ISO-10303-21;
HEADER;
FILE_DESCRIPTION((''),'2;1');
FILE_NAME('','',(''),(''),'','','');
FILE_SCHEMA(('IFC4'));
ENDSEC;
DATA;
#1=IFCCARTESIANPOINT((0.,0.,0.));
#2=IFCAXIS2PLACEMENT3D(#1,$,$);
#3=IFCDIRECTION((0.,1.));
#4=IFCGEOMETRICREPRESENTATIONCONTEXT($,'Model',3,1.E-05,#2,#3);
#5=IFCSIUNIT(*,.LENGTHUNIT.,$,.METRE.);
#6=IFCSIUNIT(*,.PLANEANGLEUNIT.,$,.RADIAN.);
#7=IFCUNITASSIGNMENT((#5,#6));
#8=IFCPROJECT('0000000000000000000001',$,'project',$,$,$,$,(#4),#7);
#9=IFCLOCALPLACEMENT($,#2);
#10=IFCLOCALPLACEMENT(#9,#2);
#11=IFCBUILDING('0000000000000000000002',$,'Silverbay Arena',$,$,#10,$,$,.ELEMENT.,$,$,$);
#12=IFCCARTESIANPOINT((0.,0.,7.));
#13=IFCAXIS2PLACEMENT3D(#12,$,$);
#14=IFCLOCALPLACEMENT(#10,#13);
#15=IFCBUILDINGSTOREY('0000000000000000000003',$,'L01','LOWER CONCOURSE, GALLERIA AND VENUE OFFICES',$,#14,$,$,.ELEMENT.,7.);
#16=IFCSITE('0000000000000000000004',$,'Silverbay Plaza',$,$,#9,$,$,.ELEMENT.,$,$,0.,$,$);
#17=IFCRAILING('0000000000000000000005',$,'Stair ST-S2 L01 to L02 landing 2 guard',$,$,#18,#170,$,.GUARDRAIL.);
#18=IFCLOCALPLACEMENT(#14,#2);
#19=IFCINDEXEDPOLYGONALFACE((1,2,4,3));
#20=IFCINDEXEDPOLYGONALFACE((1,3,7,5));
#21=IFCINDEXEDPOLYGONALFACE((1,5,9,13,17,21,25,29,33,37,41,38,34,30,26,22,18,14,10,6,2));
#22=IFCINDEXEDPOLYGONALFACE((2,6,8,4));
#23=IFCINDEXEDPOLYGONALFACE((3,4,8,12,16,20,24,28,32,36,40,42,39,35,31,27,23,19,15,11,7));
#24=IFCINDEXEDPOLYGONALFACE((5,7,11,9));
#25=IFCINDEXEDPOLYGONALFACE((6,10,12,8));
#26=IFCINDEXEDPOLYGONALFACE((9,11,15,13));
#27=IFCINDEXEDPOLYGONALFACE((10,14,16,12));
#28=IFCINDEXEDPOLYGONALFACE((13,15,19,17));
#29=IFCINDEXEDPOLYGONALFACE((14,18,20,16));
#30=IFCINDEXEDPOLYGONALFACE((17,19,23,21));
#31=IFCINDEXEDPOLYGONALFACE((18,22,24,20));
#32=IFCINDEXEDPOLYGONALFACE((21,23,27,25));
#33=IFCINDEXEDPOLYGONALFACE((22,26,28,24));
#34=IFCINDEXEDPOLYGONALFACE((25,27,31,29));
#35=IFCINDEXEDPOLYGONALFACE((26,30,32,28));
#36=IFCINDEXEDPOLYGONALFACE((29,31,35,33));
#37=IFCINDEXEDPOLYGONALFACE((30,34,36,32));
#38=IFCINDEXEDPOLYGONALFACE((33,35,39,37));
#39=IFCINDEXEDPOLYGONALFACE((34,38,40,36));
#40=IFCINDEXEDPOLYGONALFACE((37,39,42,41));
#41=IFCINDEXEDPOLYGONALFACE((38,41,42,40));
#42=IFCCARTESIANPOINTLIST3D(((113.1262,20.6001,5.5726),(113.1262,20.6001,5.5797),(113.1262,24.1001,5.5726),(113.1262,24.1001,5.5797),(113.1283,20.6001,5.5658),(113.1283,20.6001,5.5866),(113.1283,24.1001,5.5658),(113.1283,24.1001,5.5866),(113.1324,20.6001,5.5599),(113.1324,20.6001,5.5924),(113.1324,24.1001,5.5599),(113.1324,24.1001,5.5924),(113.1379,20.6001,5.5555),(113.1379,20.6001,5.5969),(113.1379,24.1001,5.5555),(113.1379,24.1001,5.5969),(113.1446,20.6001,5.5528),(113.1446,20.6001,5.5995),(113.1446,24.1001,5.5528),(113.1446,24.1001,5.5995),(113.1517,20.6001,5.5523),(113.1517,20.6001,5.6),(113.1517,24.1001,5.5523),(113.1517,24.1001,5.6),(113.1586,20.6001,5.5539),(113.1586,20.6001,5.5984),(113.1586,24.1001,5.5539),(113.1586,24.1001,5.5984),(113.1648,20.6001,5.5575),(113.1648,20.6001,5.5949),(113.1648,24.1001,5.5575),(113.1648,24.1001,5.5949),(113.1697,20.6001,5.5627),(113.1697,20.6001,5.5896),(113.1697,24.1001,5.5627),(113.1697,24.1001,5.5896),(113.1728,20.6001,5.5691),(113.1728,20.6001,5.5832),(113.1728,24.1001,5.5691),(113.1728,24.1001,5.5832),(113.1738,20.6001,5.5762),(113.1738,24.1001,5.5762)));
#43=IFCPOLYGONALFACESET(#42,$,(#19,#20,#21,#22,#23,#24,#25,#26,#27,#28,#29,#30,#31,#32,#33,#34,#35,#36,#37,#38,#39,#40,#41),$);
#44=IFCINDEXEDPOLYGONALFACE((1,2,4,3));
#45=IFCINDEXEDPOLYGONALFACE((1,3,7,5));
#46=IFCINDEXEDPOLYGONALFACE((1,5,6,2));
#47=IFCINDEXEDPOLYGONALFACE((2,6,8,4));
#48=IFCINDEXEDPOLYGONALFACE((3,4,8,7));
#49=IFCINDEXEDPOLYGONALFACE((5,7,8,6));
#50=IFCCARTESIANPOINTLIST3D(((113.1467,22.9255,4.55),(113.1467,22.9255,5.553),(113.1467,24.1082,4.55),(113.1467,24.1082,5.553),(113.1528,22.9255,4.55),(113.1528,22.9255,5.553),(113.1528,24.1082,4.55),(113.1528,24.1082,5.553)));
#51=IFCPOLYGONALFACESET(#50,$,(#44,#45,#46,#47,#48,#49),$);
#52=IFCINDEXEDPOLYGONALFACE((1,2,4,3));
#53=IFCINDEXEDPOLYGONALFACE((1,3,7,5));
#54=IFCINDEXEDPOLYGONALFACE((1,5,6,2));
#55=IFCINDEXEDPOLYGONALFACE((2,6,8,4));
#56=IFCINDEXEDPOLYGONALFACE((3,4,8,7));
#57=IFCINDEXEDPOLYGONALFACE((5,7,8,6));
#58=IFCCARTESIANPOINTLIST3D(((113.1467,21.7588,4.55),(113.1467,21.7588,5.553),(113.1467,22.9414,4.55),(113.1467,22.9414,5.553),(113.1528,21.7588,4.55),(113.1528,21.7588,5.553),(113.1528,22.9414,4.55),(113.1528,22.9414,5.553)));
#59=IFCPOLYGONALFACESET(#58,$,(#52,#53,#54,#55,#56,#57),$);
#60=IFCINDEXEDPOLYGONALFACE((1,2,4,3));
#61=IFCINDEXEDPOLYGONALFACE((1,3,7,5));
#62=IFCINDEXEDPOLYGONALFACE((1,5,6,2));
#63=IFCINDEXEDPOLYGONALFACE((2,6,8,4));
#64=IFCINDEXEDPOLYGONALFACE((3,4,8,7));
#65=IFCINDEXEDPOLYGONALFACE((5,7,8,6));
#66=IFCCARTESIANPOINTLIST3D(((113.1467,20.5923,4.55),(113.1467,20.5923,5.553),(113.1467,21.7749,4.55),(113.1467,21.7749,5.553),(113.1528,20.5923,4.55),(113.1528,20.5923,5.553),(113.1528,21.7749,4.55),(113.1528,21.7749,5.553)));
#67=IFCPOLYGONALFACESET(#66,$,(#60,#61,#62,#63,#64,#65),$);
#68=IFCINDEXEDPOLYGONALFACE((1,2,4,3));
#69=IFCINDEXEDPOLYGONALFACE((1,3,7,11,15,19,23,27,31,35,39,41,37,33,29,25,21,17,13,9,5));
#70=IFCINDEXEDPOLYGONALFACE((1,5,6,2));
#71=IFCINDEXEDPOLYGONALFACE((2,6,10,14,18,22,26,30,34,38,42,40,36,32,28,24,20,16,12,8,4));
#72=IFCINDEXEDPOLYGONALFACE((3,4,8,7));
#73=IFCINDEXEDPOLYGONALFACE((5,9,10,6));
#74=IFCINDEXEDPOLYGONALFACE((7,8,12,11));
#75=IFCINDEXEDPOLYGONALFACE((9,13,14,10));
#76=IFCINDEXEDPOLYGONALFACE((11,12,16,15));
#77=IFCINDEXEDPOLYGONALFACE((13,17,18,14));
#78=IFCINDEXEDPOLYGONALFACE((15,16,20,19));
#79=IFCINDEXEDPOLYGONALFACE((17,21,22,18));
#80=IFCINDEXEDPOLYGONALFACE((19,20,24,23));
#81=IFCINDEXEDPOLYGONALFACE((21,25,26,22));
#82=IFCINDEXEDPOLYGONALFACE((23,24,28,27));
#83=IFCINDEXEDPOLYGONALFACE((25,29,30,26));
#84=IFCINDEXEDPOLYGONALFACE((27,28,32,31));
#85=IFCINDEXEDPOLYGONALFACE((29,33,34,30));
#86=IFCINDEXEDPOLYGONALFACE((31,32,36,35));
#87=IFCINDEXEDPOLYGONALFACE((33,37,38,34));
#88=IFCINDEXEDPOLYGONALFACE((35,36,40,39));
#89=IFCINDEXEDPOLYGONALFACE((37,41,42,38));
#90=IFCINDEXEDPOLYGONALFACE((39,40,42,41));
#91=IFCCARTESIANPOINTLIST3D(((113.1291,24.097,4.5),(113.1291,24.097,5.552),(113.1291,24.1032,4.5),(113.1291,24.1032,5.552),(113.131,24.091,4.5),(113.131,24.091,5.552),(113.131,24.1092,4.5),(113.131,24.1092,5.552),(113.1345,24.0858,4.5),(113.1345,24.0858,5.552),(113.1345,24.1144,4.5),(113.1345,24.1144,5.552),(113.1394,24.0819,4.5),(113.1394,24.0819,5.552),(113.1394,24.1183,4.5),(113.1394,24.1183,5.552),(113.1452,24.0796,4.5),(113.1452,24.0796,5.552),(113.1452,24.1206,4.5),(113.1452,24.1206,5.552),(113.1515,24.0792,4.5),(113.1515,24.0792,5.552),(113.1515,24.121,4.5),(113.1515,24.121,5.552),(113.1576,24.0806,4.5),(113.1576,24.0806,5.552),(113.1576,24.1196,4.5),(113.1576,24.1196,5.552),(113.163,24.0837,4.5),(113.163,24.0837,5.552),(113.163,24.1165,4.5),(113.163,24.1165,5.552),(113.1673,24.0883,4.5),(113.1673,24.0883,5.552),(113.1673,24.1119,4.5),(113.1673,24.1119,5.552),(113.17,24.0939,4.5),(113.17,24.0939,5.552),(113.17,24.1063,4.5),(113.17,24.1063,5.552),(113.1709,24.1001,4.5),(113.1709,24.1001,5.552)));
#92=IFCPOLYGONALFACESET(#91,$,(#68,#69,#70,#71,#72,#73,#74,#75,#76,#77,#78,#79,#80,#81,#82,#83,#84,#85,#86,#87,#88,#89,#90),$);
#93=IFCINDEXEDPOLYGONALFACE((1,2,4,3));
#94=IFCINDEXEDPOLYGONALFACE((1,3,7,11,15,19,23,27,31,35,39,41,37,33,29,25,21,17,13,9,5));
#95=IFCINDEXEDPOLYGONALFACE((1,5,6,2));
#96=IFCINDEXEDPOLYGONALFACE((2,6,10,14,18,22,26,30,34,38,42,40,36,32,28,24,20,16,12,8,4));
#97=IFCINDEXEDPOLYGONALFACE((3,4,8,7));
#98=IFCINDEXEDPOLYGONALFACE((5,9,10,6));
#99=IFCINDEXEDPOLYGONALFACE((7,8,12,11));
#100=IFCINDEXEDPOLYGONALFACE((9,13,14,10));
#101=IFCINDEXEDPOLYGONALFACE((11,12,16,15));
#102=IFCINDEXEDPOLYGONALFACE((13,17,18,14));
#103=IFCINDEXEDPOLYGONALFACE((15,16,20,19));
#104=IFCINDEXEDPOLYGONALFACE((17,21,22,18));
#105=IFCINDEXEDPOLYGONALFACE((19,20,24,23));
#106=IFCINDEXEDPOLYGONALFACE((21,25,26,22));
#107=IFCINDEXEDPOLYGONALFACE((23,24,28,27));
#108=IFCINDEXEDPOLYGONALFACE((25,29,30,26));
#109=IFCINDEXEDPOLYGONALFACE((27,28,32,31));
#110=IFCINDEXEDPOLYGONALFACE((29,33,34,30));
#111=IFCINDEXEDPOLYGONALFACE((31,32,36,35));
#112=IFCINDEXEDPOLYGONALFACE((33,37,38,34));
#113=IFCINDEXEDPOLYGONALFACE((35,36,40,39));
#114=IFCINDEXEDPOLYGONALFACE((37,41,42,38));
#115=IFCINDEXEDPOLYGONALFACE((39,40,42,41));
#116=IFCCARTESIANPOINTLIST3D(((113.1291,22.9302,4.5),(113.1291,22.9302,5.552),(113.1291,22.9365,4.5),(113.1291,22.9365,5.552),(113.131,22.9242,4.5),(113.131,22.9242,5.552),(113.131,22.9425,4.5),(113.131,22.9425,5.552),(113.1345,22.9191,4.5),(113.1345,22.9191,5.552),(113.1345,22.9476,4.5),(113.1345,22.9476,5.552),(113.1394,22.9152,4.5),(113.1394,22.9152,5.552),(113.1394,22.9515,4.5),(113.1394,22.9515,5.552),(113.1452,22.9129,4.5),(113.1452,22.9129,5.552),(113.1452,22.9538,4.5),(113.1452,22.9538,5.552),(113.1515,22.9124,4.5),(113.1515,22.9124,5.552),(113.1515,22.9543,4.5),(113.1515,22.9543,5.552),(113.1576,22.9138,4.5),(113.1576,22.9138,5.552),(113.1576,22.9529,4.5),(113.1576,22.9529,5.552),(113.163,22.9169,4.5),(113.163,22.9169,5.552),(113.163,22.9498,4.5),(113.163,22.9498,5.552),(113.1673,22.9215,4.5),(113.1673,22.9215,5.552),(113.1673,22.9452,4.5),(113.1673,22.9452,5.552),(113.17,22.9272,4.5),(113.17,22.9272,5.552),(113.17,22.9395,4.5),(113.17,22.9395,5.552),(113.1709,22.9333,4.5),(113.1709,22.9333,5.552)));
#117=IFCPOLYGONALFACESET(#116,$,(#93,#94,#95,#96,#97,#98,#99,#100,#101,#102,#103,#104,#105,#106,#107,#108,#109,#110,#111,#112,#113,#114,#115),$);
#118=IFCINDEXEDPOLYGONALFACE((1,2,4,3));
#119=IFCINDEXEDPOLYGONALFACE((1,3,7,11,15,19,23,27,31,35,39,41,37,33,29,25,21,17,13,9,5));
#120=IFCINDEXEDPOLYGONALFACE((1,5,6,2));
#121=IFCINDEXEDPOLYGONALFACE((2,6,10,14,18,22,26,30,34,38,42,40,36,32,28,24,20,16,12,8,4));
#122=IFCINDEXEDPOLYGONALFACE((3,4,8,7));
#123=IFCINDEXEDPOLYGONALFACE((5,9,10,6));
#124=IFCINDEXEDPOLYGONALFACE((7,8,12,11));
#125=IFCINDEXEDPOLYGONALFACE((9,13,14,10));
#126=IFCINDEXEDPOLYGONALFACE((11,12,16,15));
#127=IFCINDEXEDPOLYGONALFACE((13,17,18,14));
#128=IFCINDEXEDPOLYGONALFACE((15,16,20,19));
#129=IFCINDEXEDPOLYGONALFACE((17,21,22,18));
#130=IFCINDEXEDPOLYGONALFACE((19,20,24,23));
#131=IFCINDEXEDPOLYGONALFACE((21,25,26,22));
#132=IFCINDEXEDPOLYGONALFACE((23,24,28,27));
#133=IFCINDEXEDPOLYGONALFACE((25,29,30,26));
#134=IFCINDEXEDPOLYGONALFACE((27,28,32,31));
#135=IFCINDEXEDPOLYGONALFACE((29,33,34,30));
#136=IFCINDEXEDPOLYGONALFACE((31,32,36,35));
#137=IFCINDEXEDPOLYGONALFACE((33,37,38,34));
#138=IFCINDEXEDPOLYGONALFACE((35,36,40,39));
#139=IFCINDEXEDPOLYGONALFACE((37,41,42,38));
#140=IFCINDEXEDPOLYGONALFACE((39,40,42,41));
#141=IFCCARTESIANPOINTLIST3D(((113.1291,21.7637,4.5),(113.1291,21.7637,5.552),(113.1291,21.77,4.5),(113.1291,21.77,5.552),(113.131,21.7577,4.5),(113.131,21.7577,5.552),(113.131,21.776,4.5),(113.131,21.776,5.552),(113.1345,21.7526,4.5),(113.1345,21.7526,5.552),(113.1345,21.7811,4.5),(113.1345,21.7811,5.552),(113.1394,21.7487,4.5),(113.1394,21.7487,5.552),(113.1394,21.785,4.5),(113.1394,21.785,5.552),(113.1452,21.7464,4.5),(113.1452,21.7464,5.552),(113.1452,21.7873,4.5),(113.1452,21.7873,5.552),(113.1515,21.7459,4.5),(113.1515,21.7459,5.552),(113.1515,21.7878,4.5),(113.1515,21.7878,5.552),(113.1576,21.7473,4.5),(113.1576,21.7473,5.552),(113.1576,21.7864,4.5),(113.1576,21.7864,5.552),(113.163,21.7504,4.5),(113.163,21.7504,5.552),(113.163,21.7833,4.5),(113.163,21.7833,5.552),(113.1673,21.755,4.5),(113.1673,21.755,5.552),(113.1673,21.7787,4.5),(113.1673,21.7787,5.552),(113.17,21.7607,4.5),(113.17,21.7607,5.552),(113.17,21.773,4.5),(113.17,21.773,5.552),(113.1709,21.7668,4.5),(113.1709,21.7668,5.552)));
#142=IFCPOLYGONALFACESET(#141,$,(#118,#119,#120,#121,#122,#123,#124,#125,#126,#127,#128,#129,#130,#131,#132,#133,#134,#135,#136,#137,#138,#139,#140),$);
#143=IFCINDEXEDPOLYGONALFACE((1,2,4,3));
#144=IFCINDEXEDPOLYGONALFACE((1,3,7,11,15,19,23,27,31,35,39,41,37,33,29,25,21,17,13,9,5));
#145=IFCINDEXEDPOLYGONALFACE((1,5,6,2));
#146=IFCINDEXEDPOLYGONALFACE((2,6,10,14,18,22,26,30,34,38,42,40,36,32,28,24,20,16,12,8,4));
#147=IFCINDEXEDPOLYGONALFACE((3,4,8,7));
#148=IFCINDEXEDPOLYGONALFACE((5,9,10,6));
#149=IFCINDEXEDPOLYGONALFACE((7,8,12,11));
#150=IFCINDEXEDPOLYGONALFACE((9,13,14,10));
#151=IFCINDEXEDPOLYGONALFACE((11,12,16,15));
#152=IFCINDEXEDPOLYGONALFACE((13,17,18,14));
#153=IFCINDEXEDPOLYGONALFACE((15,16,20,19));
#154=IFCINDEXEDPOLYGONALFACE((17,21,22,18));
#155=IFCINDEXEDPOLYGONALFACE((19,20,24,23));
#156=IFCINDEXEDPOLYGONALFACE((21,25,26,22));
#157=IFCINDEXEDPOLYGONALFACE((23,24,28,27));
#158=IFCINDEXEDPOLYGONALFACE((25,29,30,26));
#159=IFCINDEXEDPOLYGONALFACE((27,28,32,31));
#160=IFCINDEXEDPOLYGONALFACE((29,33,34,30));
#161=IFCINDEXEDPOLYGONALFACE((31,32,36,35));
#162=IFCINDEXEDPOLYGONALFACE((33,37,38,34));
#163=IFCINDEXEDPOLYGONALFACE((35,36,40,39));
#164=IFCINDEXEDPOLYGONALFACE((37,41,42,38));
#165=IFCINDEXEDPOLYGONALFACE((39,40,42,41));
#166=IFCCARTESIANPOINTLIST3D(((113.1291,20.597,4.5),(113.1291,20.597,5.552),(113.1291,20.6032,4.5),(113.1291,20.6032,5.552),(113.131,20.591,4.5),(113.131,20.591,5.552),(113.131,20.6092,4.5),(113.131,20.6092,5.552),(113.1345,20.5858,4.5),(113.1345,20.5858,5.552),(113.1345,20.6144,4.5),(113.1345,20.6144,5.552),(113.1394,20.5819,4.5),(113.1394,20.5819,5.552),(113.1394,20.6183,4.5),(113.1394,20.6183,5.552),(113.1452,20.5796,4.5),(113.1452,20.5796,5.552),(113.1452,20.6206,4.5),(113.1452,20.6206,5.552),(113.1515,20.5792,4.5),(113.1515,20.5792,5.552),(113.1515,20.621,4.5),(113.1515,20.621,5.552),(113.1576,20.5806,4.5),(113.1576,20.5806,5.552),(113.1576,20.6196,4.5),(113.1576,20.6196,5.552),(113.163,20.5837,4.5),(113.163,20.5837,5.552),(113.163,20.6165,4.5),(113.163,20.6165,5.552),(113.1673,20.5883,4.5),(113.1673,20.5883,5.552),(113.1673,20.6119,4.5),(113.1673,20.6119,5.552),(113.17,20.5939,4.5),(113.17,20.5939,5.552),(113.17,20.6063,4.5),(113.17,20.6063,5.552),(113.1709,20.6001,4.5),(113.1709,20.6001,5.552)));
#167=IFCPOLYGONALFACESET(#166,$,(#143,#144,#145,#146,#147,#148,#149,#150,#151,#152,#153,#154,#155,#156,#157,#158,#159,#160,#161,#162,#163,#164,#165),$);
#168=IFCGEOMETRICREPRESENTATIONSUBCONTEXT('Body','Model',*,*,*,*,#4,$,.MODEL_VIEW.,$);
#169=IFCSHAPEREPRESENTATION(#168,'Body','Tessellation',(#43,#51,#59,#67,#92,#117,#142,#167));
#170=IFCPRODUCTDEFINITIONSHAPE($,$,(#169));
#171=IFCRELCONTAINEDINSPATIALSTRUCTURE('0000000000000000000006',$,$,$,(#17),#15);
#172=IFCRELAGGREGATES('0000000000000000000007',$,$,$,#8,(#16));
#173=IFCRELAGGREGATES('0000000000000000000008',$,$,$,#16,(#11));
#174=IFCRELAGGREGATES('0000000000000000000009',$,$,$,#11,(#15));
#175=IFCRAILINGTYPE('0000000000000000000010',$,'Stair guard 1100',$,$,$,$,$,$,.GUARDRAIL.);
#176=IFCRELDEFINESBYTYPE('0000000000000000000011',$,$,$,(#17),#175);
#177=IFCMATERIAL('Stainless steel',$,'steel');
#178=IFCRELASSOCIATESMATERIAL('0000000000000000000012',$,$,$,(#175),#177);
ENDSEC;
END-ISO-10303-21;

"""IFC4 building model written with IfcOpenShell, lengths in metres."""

from ifc_helpers import new_model, si_unit, direction, frame, origin, origin_2d, place, context, subcontext, project, spatial, polyline, circle, outline, extrude, material, type_object, element, save


model = new_model("IFC4")

# Units and contexts
model_context = context("Model", 3, precision=1e-05, world=origin(), true_north=direction((0.0, 1.0)))
body_context = subcontext(model_context, "Body", "Model", "MODEL_VIEW")
ifc_project = project(units=[si_unit("LENGTHUNIT", "METRE"), si_unit("PLANEANGLEUNIT", "RADIAN")], contexts=[model_context])

# Site, building, storey
site_placement = place(None, origin())
site = spatial("IfcSite", under=ifc_project, at=site_placement, Name="Silverbay Plaza", CompositionType="ELEMENT", RefElevation=0.0)
building_placement = place(site_placement, origin())
building = spatial("IfcBuilding", under=site, at=building_placement, Name="Silverbay Arena", CompositionType="ELEMENT")
storey_placement = place(building_placement, frame((0.0, 0.0, 7.0)))
storey = spatial("IfcBuildingStorey", under=building, at=storey_placement, Name="L01", Description="LOWER CONCOURSE, GALLERIA AND VENUE OFFICES", CompositionType="ELEMENT", Elevation=7.0)

# Railing
ifc_material_1 = material(Name="Stainless steel", Category="steel")
railing_type_1 = type_object("IfcRailingType", Name="Stair guard 1100", PredefinedType="GUARDRAIL", material=ifc_material_1)
for number, where, name in (
    (1, (113.1499, 24.1001, 4.5), "Stair ST-S2 L01 to L02 landing 2 guard"),
):
    element("IfcRailing", number, at=place(storey_placement, frame(where)), inside=storey, type_object=railing_type_1, Name=name, PredefinedType="GUARDRAIL", context=body_context, shape_type="SweptSolid", body=[
        extrude(circle(Radius=0.0239, at=origin_2d()), frame((0.0, 0.0, 1.0762), z_axis=(0.0, -1.0, 0.0), x_axis=(1.0, 0.0, 0.0)), (0.0, 0.0, 1.0), 3.5),
        extrude(outline(polyline([(-0.0081, 0.05), (1.1746, 0.05), (1.1746, 1.053), (-0.0081, 1.053), (-0.0081, 0.05)])), frame((0.0029, 0.0, 0.0), z_axis=(-1.0, 0.0, 0.0), x_axis=(0.0, -1.0, 0.0)), (0.0, 0.0, 1.0), 0.0061),
        extrude(outline(polyline([(-0.0081, 0.05), (1.1746, 0.05), (1.1746, 1.053), (-0.0081, 1.053), (-0.0081, 0.05)])), frame((0.0029, -1.1667, 0.0), z_axis=(-1.0, 0.0, 0.0), x_axis=(0.0, -1.0, 0.0)), (0.0, 0.0, 1.0), 0.0061),
        extrude(outline(polyline([(-0.0081, 0.05), (1.1746, 0.05), (1.1746, 1.053), (-0.0081, 1.053), (-0.0081, 0.05)])), frame((0.0029, -2.3333, 0.0), z_axis=(-1.0, 0.0, 0.0), x_axis=(0.0, -1.0, 0.0)), (0.0, 0.0, 1.0), 0.0061),
        extrude(circle(Radius=0.021, at=origin_2d()), origin(), (0.0, 0.0, 1.0), 1.052),
        extrude(circle(Radius=0.021, at=origin_2d()), frame((0.0, -1.1667, 0.0)), (0.0, 0.0, 1.0), 1.052),
        extrude(circle(Radius=0.021, at=origin_2d()), frame((0.0, -2.3333, 0.0)), (0.0, 0.0, 1.0), 1.052),
        extrude(circle(Radius=0.021, at=origin_2d()), frame((0.0, -3.5, 0.0)), (0.0, 0.0, 1.0), 1.052),
    ])

save(model, "model.ifc")
